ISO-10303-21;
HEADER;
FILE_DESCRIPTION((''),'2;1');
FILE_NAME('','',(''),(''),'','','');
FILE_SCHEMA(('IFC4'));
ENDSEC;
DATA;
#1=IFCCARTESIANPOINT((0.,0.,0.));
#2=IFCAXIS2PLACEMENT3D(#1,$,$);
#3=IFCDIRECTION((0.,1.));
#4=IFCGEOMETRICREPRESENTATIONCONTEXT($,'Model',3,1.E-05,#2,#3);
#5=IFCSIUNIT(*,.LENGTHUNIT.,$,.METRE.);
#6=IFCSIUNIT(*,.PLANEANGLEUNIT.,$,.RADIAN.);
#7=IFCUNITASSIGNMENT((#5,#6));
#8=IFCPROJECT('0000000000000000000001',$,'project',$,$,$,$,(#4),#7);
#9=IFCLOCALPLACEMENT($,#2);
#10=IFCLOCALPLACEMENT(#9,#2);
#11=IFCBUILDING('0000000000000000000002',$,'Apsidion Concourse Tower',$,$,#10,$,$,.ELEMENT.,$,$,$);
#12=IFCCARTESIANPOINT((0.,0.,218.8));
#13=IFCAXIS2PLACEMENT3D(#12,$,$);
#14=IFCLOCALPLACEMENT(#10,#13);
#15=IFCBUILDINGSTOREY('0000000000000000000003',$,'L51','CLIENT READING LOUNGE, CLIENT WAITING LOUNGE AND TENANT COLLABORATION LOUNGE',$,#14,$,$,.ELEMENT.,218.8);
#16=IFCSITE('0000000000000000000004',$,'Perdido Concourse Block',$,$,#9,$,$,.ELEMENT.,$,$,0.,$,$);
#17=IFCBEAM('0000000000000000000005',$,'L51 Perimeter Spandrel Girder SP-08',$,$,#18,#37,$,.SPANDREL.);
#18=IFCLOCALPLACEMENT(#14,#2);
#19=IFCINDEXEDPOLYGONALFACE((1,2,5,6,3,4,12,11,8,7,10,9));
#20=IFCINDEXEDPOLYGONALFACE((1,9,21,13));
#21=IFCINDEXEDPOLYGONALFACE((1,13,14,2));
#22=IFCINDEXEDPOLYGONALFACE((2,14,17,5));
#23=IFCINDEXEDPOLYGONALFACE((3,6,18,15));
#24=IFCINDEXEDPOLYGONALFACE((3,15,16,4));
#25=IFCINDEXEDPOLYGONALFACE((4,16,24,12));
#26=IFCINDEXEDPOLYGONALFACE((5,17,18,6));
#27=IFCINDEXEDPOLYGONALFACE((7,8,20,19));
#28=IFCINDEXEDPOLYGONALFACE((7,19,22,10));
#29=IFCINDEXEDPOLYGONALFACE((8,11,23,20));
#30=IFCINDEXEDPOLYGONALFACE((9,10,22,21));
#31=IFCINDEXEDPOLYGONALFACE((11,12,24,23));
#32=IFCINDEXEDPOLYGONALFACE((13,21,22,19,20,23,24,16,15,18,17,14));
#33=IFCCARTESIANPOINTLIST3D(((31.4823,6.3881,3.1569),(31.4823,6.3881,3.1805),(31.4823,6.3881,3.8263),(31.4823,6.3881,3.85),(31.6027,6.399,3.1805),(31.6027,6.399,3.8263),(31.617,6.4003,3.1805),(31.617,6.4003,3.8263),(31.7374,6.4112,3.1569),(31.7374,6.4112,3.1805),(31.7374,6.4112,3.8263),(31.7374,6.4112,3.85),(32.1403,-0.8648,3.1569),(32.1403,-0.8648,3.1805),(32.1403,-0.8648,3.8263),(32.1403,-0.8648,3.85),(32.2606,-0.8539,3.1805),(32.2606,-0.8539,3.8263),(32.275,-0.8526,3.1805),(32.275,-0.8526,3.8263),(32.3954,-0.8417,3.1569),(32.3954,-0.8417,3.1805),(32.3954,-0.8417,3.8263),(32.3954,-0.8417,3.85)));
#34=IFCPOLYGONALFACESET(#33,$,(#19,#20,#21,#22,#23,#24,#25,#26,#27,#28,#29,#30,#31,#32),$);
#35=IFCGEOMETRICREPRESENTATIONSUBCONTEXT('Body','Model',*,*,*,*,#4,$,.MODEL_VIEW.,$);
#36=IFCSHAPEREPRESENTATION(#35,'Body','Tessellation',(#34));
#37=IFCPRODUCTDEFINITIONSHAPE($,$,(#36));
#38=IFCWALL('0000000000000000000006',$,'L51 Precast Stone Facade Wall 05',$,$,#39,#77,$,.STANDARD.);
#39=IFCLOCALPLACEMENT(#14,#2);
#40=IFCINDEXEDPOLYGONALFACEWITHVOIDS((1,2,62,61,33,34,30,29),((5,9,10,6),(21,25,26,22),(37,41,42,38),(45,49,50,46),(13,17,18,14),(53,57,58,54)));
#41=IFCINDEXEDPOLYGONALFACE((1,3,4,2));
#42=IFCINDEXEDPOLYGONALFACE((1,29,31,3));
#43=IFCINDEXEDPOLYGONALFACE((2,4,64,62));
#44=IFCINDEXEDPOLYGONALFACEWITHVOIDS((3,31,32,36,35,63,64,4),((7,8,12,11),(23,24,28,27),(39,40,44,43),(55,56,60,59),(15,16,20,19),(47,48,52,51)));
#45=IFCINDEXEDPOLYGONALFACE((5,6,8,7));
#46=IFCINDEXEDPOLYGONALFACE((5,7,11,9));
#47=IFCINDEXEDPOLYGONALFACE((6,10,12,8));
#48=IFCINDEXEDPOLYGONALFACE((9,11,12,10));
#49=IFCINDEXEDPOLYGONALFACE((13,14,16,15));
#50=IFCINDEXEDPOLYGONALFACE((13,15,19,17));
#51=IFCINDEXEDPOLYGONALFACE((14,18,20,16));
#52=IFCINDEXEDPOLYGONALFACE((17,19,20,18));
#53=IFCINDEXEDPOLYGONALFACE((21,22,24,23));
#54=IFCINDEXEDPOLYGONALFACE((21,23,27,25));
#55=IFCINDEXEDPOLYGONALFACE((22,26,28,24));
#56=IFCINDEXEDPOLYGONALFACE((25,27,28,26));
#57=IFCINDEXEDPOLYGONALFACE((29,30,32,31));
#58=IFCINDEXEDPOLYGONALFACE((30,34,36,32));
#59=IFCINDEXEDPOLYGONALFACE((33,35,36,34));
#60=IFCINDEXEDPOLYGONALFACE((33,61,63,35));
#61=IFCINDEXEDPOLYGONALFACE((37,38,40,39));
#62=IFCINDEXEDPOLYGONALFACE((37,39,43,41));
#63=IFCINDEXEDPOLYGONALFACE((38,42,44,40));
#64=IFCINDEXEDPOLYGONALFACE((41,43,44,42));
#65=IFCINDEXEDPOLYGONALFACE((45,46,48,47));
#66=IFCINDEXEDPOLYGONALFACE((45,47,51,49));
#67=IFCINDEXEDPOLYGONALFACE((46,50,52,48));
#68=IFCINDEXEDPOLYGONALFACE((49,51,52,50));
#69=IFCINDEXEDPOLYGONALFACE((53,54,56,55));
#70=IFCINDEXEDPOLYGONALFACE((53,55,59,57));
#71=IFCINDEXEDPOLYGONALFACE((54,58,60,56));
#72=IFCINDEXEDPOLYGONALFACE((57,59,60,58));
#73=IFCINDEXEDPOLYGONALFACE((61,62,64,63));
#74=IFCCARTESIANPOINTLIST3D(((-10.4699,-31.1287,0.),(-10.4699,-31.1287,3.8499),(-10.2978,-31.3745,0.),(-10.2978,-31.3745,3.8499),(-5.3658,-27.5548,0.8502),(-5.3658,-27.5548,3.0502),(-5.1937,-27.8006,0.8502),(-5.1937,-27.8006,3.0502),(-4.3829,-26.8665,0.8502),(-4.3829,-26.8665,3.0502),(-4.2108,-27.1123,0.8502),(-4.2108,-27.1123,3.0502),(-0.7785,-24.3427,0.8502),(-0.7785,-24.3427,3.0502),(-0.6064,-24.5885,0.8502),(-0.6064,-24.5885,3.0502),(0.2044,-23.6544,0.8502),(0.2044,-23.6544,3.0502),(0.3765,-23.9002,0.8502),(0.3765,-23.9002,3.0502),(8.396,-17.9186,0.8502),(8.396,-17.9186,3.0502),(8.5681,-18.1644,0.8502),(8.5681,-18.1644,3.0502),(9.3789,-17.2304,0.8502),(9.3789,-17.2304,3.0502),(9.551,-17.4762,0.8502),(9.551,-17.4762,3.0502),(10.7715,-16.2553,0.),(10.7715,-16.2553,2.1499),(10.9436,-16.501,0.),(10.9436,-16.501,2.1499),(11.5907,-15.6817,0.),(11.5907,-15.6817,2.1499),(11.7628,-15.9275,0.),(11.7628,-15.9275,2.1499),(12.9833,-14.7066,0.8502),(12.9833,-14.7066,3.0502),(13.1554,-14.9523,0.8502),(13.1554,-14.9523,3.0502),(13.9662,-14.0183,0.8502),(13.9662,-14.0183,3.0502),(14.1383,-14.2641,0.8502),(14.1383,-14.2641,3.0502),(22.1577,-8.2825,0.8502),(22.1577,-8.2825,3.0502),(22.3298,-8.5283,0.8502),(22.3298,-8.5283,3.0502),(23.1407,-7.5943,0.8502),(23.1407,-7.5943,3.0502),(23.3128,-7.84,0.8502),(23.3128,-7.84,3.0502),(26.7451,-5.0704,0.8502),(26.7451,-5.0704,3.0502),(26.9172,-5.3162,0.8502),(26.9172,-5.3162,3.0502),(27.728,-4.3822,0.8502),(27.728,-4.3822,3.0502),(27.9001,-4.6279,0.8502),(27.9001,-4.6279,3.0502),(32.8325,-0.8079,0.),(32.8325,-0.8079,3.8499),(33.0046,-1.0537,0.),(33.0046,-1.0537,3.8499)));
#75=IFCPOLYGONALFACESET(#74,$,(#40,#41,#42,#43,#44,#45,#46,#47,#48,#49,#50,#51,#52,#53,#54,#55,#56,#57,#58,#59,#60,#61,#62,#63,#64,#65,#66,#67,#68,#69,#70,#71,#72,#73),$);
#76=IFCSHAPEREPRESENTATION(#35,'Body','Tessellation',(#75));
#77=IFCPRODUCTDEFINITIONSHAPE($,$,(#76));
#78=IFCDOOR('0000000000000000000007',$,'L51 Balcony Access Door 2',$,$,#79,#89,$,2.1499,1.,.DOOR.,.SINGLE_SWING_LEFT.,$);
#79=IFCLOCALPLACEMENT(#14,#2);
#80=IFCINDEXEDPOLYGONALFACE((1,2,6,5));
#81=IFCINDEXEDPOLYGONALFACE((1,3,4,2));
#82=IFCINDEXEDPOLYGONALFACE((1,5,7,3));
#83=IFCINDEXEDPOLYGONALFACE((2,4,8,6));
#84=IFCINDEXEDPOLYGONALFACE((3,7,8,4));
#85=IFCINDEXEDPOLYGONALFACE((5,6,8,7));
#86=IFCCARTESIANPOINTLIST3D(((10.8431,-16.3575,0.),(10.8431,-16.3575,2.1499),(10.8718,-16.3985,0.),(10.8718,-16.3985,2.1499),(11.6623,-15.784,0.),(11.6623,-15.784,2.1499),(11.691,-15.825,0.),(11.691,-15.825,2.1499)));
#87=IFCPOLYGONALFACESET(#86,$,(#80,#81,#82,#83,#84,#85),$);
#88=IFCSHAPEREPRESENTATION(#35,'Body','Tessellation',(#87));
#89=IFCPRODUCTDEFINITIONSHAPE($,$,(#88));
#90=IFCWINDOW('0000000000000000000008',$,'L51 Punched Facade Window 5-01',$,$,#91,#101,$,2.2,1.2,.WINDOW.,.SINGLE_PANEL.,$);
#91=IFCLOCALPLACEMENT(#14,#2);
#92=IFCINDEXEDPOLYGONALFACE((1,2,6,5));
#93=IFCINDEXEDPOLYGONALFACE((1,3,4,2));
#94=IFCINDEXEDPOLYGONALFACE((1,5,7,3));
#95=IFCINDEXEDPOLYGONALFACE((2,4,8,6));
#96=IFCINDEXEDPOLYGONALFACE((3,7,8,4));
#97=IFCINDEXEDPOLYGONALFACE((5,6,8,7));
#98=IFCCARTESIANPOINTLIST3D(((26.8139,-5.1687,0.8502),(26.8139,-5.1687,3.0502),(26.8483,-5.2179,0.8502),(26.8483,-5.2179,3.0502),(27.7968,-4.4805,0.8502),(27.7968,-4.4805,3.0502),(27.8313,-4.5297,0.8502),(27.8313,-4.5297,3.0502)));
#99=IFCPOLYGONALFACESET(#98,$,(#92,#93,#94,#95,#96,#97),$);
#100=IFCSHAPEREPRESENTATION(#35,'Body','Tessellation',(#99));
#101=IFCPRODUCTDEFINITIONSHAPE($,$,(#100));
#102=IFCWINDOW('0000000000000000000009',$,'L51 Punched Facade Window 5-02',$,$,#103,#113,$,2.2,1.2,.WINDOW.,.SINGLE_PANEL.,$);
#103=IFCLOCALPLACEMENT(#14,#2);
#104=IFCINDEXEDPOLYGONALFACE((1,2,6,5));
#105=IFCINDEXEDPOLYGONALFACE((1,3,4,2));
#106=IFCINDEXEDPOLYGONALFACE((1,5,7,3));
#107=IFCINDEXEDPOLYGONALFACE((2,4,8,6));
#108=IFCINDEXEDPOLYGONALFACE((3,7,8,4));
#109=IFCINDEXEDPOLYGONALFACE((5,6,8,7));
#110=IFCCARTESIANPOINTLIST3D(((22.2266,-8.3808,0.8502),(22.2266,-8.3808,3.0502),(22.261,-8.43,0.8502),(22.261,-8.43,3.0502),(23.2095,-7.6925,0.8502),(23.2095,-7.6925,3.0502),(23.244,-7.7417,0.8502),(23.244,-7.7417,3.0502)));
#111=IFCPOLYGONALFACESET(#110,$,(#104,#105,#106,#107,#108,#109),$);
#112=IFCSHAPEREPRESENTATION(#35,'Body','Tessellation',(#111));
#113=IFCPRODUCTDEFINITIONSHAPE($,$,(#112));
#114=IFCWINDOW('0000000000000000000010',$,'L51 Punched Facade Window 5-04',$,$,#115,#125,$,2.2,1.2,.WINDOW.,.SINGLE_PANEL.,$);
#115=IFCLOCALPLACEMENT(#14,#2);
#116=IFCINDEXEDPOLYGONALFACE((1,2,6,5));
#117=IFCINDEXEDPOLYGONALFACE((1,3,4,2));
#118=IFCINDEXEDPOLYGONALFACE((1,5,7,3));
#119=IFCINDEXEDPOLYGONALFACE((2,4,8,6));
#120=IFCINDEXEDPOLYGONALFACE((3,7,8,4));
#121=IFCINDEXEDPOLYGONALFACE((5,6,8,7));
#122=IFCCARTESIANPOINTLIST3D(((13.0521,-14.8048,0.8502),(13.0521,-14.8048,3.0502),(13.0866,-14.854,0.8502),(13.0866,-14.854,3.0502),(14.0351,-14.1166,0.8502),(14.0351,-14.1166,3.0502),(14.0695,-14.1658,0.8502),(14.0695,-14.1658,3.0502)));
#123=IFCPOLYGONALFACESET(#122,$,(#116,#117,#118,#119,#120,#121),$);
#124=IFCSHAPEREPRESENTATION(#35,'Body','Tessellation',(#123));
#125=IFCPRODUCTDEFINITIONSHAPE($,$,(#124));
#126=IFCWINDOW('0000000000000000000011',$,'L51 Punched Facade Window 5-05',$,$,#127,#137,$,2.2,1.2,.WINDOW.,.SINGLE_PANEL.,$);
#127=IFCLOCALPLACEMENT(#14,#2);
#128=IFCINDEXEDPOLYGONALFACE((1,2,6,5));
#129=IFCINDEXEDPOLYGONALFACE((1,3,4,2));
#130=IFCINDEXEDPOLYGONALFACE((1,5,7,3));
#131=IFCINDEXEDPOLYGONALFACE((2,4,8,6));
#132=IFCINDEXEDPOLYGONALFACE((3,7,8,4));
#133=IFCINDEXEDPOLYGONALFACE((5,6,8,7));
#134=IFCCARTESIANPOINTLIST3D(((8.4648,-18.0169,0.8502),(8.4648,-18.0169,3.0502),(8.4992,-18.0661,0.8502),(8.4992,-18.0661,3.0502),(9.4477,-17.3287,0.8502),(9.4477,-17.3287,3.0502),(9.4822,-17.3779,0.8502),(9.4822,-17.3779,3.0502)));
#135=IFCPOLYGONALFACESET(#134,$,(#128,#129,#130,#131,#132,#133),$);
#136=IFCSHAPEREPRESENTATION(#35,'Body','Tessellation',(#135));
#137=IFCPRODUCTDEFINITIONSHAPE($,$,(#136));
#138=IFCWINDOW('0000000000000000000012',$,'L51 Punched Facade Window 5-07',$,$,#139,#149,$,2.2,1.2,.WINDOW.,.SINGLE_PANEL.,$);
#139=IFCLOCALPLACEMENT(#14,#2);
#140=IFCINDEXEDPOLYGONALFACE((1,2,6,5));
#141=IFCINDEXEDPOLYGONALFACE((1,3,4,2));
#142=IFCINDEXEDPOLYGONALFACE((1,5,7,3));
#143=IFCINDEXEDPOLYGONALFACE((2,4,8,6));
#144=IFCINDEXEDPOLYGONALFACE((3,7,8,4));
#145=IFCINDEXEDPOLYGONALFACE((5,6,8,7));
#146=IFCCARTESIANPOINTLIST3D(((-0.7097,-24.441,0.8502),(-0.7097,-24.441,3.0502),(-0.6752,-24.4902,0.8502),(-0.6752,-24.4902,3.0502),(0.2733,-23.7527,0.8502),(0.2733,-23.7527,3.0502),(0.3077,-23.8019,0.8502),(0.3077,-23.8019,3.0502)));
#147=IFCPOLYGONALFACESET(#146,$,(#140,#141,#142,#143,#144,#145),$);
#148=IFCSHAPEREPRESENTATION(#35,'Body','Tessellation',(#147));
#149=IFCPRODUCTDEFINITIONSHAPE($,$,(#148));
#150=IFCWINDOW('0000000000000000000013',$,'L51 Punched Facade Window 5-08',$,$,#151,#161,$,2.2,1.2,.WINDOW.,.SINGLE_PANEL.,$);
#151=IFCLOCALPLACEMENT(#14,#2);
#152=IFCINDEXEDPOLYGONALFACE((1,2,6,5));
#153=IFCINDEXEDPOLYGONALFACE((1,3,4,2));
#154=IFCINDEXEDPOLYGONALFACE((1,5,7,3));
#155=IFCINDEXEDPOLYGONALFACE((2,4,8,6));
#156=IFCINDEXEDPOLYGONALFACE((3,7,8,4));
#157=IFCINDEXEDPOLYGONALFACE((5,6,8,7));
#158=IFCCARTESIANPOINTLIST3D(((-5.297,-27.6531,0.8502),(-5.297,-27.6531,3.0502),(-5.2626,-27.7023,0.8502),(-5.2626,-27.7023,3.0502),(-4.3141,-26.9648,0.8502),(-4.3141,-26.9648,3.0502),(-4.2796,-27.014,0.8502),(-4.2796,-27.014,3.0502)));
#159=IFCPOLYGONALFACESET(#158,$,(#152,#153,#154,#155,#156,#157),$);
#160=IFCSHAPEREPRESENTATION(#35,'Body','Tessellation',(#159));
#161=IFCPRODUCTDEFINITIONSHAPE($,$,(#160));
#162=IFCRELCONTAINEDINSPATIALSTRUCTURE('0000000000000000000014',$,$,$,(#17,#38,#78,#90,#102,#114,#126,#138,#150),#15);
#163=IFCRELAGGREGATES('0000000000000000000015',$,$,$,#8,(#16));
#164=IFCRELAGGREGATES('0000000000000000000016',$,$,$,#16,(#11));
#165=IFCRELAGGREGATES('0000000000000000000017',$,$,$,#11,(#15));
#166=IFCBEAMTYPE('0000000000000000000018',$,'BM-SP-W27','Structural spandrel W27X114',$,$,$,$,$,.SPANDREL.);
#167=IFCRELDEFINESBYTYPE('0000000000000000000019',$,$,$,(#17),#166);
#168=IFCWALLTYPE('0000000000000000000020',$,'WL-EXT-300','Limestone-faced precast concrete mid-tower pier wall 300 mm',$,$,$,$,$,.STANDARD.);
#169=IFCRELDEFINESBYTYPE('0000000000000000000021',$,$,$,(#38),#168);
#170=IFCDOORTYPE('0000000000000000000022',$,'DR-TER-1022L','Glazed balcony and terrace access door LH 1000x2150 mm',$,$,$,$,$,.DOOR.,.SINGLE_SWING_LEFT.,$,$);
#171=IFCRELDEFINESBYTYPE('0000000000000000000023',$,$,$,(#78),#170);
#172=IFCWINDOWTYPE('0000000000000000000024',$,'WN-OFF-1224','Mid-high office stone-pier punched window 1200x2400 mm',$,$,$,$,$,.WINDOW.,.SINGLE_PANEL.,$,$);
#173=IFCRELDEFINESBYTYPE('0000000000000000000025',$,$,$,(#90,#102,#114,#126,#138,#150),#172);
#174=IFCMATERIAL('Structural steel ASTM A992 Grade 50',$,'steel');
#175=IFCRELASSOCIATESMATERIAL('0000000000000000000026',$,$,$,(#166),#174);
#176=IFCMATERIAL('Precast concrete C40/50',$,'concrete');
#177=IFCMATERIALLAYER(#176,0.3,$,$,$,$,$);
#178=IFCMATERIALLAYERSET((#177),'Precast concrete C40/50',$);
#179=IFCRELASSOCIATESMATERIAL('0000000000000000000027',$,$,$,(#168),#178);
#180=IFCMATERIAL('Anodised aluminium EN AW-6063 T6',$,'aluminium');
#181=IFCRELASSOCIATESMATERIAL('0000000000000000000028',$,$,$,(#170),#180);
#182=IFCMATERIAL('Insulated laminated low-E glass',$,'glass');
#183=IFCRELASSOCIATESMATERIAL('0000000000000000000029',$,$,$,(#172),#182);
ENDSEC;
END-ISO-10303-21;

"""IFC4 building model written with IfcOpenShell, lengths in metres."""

from ifc_helpers import new_model, si_unit, direction, frame, frame_2d, origin, origin_2d, place, context, subcontext, project, spatial, rectangle, i_section, extrude, material, layer, layer_set, material_profile, profile_set, type_object, element, fill, save


model = new_model("IFC4")

# Units and contexts
model_context = context("Model", 3, precision=1e-05, world=origin(), true_north=direction((0.0, 1.0)))
body_context = subcontext(model_context, "Body", "Model", "MODEL_VIEW")
ifc_project = project(units=[si_unit("LENGTHUNIT", "METRE"), si_unit("PLANEANGLEUNIT", "RADIAN")], contexts=[model_context])

# Site, building, storey
site_placement = place(None, origin())
site = spatial("IfcSite", under=ifc_project, at=site_placement, Name="Perdido Concourse Block", CompositionType="ELEMENT", RefElevation=0.0)
building_placement = place(site_placement, origin())
building = spatial("IfcBuilding", under=site, at=building_placement, Name="Apsidion Concourse Tower", CompositionType="ELEMENT")
storey_placement = place(building_placement, frame((0.0, 0.0, 218.8)))
storey = spatial("IfcBuildingStorey", under=building, at=storey_placement, Name="L51", Description="CLIENT READING LOUNGE, CLIENT WAITING LOUNGE AND TENANT COLLABORATION LOUNGE", CompositionType="ELEMENT", Elevation=218.8)

# Shared definitions
ifc_material_1 = material(Name="Structural steel ASTM A992 Grade 50", Category="steel")

# Beam
ifc_material_profile_1 = material_profile(ifc_material_1, i_section(OverallWidth=0.2561, OverallDepth=0.6931, WebThickness=0.0144, FlangeThickness=0.0237, at=origin_2d()), Name="W27X114")
ifc_profile_set_1 = profile_set([ifc_material_profile_1], Name="Structural steel ASTM A992 Grade 50")
beam_type_1 = type_object("IfcBeamType", Name="BM-SP-W27", Description="Structural spandrel W27X114", PredefinedType="SPANDREL", material=ifc_profile_set_1)
beam_1_placement = place(storey_placement, frame((32.2678, -0.8533, 3.5034), z_axis=(-0.090345, 0.99591, 0.0), x_axis=(-0.99591, -0.090345, 0.0)))
element("IfcBeam", 1, at=beam_1_placement, inside=storey, type_object=beam_type_1, Name="L51 Perimeter Spandrel Girder SP-08", PredefinedType="SPANDREL", context=body_context, shape_type="SweptSolid", body=[
    extrude(i_section(OverallWidth=0.2561, OverallDepth=0.6931, WebThickness=0.0144, FlangeThickness=0.0237, at=origin_2d()), origin(), (0.0, 0.0, 1.0), 7.2827),
])

# Wall, openings, door, windows
ifc_material_2 = material(Name="Precast concrete C40/50", Category="concrete")
ifc_layer_1 = layer(ifc_material_2, 0.3)
ifc_layer_set_1 = layer_set([ifc_layer_1], Name="Precast concrete C40/50")
wall_type_1 = type_object("IfcWallType", Name="WL-EXT-300", Description="Limestone-faced precast concrete mid-tower pier wall 300 mm", PredefinedType="STANDARD", material=ifc_layer_set_1)
wall_1_placement = place(storey_placement, frame((32.9185, -0.9309, 0.0), z_axis=(0.0, 0.0, 1.0), x_axis=(-0.819151, -0.573577, 0.0)))
wall_1 = element("IfcWall", 2, at=wall_1_placement, inside=storey, type_object=wall_type_1, Name="L51 Precast Stone Facade Wall 05", PredefinedType="STANDARD", context=body_context, shape_type="SweptSolid", body=[
    extrude(rectangle(XDim=52.8625, YDim=0.3, at=frame_2d((26.4312, 0.0))), origin(), (0.0, 0.0, 1.0), 3.8499),
])
opening_1_placement = place(wall_1_placement, frame((25.9314, 0.0, 0.0)))
opening_1 = element("IfcOpeningElement", 3, at=opening_1_placement, cuts=wall_1, PredefinedType="OPENING", context=body_context, shape_type="SweptSolid", body=[
    extrude(rectangle(XDim=1.0, YDim=2.1499, at=frame_2d((0.5, 1.075))), frame((0.0, 0.1602, 0.0), z_axis=(0.0, -1.0, 0.0), x_axis=(1.0, 0.0, 0.0)), (0.0, 0.0, 1.0), 0.3201),
])
opening_2_placement = place(wall_1_placement, frame((6.2312, 0.0, 0.8501)))
opening_2 = element("IfcOpeningElement", 4, at=opening_2_placement, cuts=wall_1, PredefinedType="OPENING", context=body_context, shape_type="SweptSolid", body=[
    extrude(rectangle(XDim=1.2, YDim=2.2, at=frame_2d((0.6001, 1.1001))), frame((0.0, 0.1602, 0.0), z_axis=(0.0, -1.0, 0.0), x_axis=(1.0, 0.0, 0.0)), (0.0, 0.0, 1.0), 0.3201),
])
opening_3_placement = place(wall_1_placement, frame((11.8313, 0.0, 0.8501)))
opening_3 = element("IfcOpeningElement", 5, at=opening_3_placement, cuts=wall_1, PredefinedType="OPENING", context=body_context, shape_type="SweptSolid", body=[
    extrude(rectangle(XDim=1.2, YDim=2.2, at=frame_2d((0.6001, 1.1001))), frame((0.0, 0.1602, 0.0), z_axis=(0.0, -1.0, 0.0), x_axis=(1.0, 0.0, 0.0)), (0.0, 0.0, 1.0), 0.3201),
])
opening_4_placement = place(wall_1_placement, frame((23.0312, 0.0, 0.8501)))
opening_4 = element("IfcOpeningElement", 6, at=opening_4_placement, cuts=wall_1, PredefinedType="OPENING", context=body_context, shape_type="SweptSolid", body=[
    extrude(rectangle(XDim=1.2, YDim=2.2, at=frame_2d((0.6001, 1.1001))), frame((0.0, 0.1602, 0.0), z_axis=(0.0, -1.0, 0.0), x_axis=(1.0, 0.0, 0.0)), (0.0, 0.0, 1.0), 0.3201),
])
opening_5_placement = place(wall_1_placement, frame((28.6313, 0.0, 0.8501)))
opening_5 = element("IfcOpeningElement", 7, at=opening_5_placement, cuts=wall_1, PredefinedType="OPENING", context=body_context, shape_type="SweptSolid", body=[
    extrude(rectangle(XDim=1.2, YDim=2.2, at=frame_2d((0.6001, 1.1001))), frame((0.0, 0.1602, 0.0), z_axis=(0.0, -1.0, 0.0), x_axis=(1.0, 0.0, 0.0)), (0.0, 0.0, 1.0), 0.3201),
])
opening_6_placement = place(wall_1_placement, frame((39.8313, 0.0, 0.8501)))
opening_6 = element("IfcOpeningElement", 8, at=opening_6_placement, cuts=wall_1, PredefinedType="OPENING", context=body_context, shape_type="SweptSolid", body=[
    extrude(rectangle(XDim=1.2, YDim=2.2, at=frame_2d((0.6001, 1.1001))), frame((0.0, 0.1602, 0.0), z_axis=(0.0, -1.0, 0.0), x_axis=(1.0, 0.0, 0.0)), (0.0, 0.0, 1.0), 0.3201),
])
opening_7_placement = place(wall_1_placement, frame((45.4314, 0.0, 0.8501)))
opening_7 = element("IfcOpeningElement", 9, at=opening_7_placement, cuts=wall_1, PredefinedType="OPENING", context=body_context, shape_type="SweptSolid", body=[
    extrude(rectangle(XDim=1.2, YDim=2.2, at=frame_2d((0.6001, 1.1001))), frame((0.0, 0.1602, 0.0), z_axis=(0.0, -1.0, 0.0), x_axis=(1.0, 0.0, 0.0)), (0.0, 0.0, 1.0), 0.3201),
])
ifc_material_3 = material(Name="Anodised aluminium EN AW-6063 T6", Category="aluminium")
door_type = type_object("IfcDoorType", Name="DR-TER-1022L", Description="Glazed balcony and terrace access door LH 1000x2150 mm", OperationType="SINGLE_SWING_LEFT", PredefinedType="DOOR", material=ifc_material_3)
door_placement = place(opening_1_placement, origin())
door = element("IfcDoor", 10, at=door_placement, inside=storey, type_object=door_type, Name="L51 Balcony Access Door 2", OperationType="SINGLE_SWING_LEFT", OverallHeight=2.1499, OverallWidth=1.0, PredefinedType="DOOR", context=body_context, shape_type="SweptSolid", body=[
    extrude(rectangle(XDim=1.0, YDim=2.1499, at=frame_2d((0.5, 1.075))), frame((0.0, 0.0249, 0.0), z_axis=(0.0, -1.0, 0.0), x_axis=(1.0, 0.0, 0.0)), (0.0, 0.0, 1.0), 0.05),
])
fill(opening_1, door)
ifc_material_4 = material(Name="Insulated laminated low-E glass", Category="glass")
window_type = type_object("IfcWindowType", Name="WN-OFF-1224", Description="Mid-high office stone-pier punched window 1200x2400 mm", PartitioningType="SINGLE_PANEL", PredefinedType="WINDOW", material=ifc_material_4)
window_1_placement = place(opening_2_placement, origin())
window_1 = element("IfcWindow", 11, at=window_1_placement, inside=storey, type_object=window_type, Name="L51 Punched Facade Window 5-01", OverallHeight=2.2, OverallWidth=1.2, PartitioningType="SINGLE_PANEL", PredefinedType="WINDOW", context=body_context, shape_type="SweptSolid", body=[
    extrude(rectangle(XDim=1.2, YDim=2.2, at=frame_2d((0.6001, 1.1001))), frame((0.0, 0.03, 0.0), z_axis=(0.0, -1.0, 0.0), x_axis=(1.0, 0.0, 0.0)), (0.0, 0.0, 1.0), 0.0601),
])
fill(opening_2, window_1)
window_2_placement = place(opening_3_placement, origin())
window_2 = element("IfcWindow", 12, at=window_2_placement, inside=storey, type_object=window_type, Name="L51 Punched Facade Window 5-02", OverallHeight=2.2, OverallWidth=1.2, PartitioningType="SINGLE_PANEL", PredefinedType="WINDOW", context=body_context, shape_type="SweptSolid", body=[
    extrude(rectangle(XDim=1.2, YDim=2.2, at=frame_2d((0.6001, 1.1001))), frame((0.0, 0.03, 0.0), z_axis=(0.0, -1.0, 0.0), x_axis=(1.0, 0.0, 0.0)), (0.0, 0.0, 1.0), 0.0601),
])
fill(opening_3, window_2)
window_3_placement = place(opening_4_placement, origin())
window_3 = element("IfcWindow", 13, at=window_3_placement, inside=storey, type_object=window_type, Name="L51 Punched Facade Window 5-04", OverallHeight=2.2, OverallWidth=1.2, PartitioningType="SINGLE_PANEL", PredefinedType="WINDOW", context=body_context, shape_type="SweptSolid", body=[
    extrude(rectangle(XDim=1.2, YDim=2.2, at=frame_2d((0.6001, 1.1001))), frame((0.0, 0.03, 0.0), z_axis=(0.0, -1.0, 0.0), x_axis=(1.0, 0.0, 0.0)), (0.0, 0.0, 1.0), 0.0601),
])
fill(opening_4, window_3)
window_4_placement = place(opening_5_placement, origin())
window_4 = element("IfcWindow", 14, at=window_4_placement, inside=storey, type_object=window_type, Name="L51 Punched Facade Window 5-05", OverallHeight=2.2, OverallWidth=1.2, PartitioningType="SINGLE_PANEL", PredefinedType="WINDOW", context=body_context, shape_type="SweptSolid", body=[
    extrude(rectangle(XDim=1.2, YDim=2.2, at=frame_2d((0.6001, 1.1001))), frame((0.0, 0.03, 0.0), z_axis=(0.0, -1.0, 0.0), x_axis=(1.0, 0.0, 0.0)), (0.0, 0.0, 1.0), 0.0601),
])
fill(opening_5, window_4)
window_5_placement = place(opening_6_placement, origin())
window_5 = element("IfcWindow", 15, at=window_5_placement, inside=storey, type_object=window_type, Name="L51 Punched Facade Window 5-07", OverallHeight=2.2, OverallWidth=1.2, PartitioningType="SINGLE_PANEL", PredefinedType="WINDOW", context=body_context, shape_type="SweptSolid", body=[
    extrude(rectangle(XDim=1.2, YDim=2.2, at=frame_2d((0.6001, 1.1001))), frame((0.0, 0.03, 0.0), z_axis=(0.0, -1.0, 0.0), x_axis=(1.0, 0.0, 0.0)), (0.0, 0.0, 1.0), 0.0601),
])
fill(opening_6, window_5)
window_6_placement = place(opening_7_placement, origin())
window_6 = element("IfcWindow", 16, at=window_6_placement, inside=storey, type_object=window_type, Name="L51 Punched Facade Window 5-08", OverallHeight=2.2, OverallWidth=1.2, PartitioningType="SINGLE_PANEL", PredefinedType="WINDOW", context=body_context, shape_type="SweptSolid", body=[
    extrude(rectangle(XDim=1.2, YDim=2.2, at=frame_2d((0.6001, 1.1001))), frame((0.0, 0.03, 0.0), z_axis=(0.0, -1.0, 0.0), x_axis=(1.0, 0.0, 0.0)), (0.0, 0.0, 1.0), 0.0601),
])
fill(opening_7, window_6)

save(model, "model.ifc")
